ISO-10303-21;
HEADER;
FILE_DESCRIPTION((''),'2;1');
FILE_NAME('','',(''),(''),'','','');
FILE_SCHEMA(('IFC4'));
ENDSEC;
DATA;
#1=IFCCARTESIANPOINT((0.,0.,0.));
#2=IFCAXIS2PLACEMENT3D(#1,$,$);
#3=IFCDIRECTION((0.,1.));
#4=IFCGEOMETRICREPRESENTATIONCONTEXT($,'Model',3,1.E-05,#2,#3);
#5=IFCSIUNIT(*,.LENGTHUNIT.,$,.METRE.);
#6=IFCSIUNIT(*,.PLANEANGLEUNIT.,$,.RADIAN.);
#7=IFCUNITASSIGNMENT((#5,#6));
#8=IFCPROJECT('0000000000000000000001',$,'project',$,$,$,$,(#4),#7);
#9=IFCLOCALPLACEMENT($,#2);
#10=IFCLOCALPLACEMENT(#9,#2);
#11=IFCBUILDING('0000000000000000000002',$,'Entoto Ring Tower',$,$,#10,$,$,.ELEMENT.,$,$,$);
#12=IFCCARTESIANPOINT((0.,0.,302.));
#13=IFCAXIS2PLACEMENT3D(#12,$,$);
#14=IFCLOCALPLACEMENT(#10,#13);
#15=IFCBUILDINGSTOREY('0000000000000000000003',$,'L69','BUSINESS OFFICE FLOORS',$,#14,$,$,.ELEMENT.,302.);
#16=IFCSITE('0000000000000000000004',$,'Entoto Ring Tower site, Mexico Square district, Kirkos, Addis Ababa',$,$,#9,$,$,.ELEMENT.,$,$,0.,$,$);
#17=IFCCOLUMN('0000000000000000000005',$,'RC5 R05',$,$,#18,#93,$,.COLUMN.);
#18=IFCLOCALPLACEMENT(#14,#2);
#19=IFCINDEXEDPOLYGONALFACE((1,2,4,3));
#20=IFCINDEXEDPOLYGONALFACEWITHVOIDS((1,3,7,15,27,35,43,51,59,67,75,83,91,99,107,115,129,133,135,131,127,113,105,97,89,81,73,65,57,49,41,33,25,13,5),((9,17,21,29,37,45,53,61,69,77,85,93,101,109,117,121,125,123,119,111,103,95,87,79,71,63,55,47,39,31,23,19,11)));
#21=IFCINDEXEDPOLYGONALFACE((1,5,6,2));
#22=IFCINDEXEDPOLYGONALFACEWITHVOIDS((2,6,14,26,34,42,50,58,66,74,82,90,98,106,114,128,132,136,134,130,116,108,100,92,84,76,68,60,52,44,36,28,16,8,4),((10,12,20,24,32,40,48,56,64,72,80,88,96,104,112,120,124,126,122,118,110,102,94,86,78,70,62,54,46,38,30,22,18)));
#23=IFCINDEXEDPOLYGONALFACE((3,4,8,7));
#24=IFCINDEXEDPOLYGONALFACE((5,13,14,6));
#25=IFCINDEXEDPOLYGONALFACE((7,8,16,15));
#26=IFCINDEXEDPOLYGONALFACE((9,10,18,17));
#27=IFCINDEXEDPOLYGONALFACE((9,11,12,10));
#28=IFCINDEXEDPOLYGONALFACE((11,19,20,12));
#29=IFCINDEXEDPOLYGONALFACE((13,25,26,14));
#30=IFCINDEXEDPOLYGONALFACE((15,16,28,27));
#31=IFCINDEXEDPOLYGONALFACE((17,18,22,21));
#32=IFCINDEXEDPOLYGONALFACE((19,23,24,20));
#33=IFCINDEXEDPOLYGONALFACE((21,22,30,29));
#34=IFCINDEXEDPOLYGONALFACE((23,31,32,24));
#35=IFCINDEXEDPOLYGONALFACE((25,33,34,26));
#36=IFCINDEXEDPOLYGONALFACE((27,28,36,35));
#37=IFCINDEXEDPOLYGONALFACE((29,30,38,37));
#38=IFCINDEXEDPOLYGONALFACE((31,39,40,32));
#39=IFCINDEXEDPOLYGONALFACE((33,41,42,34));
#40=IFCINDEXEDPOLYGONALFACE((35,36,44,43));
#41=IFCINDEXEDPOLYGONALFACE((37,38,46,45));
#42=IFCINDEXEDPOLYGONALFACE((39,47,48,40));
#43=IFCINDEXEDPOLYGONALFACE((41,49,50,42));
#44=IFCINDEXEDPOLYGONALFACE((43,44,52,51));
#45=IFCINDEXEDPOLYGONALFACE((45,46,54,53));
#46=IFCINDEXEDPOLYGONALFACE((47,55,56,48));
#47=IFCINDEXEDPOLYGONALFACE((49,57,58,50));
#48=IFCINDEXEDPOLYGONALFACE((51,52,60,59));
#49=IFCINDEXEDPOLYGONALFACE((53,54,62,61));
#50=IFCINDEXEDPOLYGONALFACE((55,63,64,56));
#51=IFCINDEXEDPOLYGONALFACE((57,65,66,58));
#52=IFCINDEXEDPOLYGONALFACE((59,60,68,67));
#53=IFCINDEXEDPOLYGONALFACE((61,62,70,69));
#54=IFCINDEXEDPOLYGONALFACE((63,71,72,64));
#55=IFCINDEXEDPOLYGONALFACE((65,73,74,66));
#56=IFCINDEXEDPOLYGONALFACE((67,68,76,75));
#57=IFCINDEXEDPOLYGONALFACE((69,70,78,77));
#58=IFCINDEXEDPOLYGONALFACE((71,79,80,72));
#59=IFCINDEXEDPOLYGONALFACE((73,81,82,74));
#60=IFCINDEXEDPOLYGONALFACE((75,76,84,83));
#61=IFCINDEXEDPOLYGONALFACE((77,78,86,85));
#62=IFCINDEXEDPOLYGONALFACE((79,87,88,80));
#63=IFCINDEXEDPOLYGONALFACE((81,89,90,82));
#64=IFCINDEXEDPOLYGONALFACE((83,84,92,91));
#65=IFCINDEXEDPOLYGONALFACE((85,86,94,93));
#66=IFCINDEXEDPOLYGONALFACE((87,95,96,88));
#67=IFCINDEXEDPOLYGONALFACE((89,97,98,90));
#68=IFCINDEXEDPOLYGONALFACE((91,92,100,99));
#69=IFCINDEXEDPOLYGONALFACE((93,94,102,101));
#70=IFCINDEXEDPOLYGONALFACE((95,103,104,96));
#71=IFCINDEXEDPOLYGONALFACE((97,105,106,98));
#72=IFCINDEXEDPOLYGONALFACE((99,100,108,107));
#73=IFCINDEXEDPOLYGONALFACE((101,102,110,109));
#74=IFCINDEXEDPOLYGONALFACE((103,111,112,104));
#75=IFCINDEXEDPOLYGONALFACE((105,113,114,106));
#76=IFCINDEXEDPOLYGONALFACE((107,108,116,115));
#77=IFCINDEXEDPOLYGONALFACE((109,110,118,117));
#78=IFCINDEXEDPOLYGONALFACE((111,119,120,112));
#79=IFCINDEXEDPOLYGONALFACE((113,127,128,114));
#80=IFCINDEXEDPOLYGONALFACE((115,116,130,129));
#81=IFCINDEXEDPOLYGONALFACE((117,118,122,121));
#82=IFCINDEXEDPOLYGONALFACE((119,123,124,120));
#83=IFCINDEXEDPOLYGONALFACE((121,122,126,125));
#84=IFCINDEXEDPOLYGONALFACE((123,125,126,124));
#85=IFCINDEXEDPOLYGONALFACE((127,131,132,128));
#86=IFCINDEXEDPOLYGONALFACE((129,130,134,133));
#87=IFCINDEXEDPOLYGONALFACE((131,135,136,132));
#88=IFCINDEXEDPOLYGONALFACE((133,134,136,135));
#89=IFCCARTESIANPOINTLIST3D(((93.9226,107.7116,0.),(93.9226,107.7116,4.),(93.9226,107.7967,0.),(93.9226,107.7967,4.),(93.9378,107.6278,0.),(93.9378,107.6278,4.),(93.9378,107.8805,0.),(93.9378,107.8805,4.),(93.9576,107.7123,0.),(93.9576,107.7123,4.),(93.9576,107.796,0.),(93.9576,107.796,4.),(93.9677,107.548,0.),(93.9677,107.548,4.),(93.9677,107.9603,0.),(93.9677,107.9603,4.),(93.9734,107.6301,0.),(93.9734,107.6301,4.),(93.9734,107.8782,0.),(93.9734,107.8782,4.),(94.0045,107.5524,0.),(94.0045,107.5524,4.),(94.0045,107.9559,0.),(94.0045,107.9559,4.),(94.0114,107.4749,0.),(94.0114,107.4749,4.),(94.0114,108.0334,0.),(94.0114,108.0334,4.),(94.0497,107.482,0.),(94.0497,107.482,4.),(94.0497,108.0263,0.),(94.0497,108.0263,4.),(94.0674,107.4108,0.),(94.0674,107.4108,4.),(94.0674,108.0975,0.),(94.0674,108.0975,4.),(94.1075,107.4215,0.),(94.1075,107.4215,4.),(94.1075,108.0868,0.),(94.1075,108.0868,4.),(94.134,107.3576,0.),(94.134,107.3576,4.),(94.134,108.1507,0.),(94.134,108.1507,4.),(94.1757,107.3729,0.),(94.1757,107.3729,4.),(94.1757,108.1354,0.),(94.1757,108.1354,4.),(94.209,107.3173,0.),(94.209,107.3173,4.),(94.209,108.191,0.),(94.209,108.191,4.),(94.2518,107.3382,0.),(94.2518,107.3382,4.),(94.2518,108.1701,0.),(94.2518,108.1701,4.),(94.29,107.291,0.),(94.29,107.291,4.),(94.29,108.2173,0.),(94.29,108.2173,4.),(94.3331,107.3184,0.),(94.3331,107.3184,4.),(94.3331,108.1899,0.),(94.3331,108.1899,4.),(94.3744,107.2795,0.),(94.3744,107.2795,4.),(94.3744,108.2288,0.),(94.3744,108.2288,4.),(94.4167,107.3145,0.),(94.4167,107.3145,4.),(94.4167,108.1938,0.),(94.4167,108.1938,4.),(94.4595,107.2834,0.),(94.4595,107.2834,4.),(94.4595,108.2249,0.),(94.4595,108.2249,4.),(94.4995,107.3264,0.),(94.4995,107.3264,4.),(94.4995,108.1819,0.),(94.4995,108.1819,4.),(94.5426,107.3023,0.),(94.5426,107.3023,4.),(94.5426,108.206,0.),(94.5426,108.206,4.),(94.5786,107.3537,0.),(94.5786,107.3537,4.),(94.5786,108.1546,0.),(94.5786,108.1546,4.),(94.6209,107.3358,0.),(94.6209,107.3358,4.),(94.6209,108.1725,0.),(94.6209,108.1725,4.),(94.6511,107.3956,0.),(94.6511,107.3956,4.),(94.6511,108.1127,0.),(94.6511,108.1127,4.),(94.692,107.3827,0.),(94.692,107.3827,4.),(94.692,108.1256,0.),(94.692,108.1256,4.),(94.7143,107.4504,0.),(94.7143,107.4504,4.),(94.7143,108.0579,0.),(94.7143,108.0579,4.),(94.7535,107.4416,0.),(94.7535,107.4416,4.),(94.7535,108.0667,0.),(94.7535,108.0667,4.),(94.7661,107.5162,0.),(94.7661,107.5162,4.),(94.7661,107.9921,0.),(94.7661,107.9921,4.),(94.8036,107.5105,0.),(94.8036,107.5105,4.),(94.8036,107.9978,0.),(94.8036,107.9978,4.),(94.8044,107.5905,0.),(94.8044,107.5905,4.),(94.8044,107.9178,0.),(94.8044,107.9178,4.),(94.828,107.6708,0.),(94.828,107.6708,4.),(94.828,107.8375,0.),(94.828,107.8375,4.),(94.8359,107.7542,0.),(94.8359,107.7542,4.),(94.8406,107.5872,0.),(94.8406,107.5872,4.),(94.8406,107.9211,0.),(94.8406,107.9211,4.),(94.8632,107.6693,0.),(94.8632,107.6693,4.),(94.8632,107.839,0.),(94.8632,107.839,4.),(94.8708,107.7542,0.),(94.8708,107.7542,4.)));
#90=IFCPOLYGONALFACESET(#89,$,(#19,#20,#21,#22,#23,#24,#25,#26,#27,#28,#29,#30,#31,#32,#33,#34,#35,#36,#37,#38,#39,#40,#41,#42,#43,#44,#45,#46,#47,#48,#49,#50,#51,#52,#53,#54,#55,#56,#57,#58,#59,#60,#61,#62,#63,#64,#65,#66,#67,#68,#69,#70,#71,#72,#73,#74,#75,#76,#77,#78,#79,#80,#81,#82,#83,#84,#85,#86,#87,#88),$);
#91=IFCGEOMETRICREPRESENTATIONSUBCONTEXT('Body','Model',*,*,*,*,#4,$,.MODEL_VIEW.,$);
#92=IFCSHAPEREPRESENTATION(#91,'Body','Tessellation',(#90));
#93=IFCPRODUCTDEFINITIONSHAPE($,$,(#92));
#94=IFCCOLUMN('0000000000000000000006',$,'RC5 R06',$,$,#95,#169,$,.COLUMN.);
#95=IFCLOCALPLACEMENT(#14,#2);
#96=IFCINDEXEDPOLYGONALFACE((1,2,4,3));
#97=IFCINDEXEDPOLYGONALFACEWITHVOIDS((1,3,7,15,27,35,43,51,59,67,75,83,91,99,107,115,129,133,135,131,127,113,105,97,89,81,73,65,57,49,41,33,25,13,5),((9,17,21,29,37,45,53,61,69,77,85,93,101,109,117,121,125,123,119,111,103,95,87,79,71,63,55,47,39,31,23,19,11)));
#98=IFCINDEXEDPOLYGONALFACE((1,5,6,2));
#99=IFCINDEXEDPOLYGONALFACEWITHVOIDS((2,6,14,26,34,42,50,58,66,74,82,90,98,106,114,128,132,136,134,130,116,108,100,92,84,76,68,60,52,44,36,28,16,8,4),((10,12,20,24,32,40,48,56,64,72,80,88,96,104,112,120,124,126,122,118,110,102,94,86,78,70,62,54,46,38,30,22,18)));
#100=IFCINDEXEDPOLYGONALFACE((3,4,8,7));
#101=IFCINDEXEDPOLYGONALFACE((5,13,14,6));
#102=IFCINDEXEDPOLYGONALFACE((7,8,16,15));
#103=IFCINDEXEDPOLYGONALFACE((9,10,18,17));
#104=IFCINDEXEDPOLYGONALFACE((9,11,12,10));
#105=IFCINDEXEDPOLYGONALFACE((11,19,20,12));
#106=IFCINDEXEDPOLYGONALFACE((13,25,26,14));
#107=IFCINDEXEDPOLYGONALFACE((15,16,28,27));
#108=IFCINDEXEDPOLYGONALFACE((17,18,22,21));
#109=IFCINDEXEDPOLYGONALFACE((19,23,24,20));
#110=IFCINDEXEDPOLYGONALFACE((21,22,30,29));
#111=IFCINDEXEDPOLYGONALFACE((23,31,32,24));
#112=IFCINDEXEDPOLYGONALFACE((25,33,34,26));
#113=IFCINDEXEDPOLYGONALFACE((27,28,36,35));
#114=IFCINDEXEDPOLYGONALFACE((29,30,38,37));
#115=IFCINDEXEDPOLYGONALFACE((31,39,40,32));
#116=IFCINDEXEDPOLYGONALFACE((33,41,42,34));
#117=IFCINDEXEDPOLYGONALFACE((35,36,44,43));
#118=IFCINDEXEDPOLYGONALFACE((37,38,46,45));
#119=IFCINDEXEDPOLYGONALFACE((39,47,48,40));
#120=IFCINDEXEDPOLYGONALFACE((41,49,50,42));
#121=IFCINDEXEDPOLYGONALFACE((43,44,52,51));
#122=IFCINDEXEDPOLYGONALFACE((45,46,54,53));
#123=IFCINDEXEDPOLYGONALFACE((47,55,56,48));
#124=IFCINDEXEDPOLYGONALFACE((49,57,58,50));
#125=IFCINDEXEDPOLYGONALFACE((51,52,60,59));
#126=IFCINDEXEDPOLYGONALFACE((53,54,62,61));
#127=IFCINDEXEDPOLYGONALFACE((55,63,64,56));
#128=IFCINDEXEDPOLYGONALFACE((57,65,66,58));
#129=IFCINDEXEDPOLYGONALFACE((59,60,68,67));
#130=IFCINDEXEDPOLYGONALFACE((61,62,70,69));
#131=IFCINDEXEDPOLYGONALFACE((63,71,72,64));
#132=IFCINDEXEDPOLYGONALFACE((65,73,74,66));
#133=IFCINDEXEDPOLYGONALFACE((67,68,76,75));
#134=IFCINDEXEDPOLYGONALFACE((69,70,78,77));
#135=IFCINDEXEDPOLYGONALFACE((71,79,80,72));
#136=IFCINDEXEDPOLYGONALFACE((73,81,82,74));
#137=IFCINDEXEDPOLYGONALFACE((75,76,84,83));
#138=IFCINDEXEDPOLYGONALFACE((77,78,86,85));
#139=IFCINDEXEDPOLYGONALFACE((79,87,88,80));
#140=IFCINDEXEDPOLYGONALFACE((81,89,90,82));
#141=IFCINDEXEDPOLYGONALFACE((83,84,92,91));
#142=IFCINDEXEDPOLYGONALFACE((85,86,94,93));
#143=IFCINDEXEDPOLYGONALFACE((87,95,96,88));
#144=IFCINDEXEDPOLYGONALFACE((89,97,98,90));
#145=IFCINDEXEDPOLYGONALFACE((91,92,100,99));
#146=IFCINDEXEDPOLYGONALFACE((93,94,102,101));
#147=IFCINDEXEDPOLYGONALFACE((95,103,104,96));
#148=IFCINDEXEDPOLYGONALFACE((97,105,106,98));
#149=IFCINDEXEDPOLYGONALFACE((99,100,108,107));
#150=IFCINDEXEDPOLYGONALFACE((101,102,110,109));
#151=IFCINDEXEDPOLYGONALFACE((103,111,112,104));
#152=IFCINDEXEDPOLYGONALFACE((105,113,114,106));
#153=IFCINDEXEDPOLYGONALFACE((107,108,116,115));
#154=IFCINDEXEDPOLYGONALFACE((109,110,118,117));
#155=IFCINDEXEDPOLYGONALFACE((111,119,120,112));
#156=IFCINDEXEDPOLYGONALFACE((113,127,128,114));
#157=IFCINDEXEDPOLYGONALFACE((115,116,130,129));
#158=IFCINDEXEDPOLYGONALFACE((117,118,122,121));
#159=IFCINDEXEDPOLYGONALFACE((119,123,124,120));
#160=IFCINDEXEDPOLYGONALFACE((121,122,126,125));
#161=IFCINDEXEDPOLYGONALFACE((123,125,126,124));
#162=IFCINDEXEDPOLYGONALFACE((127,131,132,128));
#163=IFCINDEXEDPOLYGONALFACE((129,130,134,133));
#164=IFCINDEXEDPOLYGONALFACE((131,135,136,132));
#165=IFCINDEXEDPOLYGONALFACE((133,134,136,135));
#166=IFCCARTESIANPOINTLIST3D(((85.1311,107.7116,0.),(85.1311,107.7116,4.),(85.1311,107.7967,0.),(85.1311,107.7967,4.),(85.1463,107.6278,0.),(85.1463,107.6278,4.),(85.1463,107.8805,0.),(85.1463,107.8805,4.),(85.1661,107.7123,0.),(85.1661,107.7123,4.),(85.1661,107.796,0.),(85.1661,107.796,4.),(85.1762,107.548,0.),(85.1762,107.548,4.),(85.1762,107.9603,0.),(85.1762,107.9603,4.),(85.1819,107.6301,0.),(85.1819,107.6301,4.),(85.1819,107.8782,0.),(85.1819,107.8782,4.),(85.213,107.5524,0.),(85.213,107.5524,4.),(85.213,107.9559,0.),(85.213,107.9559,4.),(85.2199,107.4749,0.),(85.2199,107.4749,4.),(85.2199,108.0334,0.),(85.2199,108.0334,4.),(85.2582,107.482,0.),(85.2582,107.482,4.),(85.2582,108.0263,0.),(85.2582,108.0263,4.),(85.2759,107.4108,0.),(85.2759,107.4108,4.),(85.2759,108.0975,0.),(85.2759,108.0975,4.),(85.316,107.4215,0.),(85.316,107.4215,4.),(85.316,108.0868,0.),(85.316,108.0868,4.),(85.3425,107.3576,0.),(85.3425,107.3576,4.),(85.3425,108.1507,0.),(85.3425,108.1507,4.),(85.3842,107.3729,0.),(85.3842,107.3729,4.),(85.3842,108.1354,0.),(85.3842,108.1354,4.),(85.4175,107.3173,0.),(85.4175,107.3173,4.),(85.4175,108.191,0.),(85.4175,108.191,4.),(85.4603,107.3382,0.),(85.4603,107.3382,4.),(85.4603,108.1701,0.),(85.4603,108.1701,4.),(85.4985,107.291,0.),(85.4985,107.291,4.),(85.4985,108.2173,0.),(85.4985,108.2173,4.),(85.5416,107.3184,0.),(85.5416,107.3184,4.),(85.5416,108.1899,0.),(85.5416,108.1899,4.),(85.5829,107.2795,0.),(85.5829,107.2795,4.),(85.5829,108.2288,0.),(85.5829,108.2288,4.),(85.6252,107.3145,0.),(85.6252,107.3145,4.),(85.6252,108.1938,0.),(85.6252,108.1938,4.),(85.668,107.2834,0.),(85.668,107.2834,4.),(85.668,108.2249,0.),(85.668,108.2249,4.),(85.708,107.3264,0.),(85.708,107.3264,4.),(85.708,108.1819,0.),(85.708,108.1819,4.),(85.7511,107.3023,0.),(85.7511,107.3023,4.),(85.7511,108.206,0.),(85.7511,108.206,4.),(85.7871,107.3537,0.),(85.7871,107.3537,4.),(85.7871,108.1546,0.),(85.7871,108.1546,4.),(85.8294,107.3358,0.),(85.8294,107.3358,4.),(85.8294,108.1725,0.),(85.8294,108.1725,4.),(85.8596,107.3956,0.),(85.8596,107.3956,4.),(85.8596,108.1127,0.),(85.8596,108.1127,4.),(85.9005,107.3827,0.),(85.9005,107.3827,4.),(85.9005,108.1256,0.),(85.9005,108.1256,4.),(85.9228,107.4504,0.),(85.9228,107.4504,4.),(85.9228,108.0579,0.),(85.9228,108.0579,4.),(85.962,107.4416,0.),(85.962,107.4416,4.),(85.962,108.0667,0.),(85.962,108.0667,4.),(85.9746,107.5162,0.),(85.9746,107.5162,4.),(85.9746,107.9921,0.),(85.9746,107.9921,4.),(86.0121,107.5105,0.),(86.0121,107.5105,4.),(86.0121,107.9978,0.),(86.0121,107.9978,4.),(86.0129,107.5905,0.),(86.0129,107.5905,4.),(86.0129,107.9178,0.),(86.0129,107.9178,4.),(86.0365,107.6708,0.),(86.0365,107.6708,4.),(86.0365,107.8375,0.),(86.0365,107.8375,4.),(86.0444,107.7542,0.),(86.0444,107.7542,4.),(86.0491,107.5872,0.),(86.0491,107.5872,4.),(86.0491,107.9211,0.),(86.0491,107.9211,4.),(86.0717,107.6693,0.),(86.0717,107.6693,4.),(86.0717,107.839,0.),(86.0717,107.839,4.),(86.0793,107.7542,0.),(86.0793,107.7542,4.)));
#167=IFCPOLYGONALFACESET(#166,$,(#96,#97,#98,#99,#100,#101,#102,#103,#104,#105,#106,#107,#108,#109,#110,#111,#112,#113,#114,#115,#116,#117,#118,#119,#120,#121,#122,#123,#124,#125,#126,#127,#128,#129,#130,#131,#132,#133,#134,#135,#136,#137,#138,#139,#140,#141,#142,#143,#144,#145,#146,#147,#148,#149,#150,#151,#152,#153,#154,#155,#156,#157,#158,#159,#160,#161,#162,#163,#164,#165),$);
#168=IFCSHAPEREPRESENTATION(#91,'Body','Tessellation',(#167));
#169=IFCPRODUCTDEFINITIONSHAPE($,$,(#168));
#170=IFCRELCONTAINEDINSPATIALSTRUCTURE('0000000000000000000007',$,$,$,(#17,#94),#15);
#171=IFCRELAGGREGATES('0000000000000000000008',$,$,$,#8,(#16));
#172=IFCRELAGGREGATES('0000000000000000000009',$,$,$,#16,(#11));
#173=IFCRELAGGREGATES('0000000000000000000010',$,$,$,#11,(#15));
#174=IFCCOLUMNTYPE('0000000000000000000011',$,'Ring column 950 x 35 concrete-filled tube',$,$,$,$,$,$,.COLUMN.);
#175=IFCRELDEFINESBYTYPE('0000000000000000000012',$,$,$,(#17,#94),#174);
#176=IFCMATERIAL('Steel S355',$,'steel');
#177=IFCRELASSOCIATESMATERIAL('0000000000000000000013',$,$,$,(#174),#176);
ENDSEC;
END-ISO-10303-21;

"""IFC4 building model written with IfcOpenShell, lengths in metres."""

from ifc_helpers import new_model, si_unit, direction, frame, origin, origin_2d, place, context, subcontext, project, spatial, circle, hollow_circle, extrude, material, material_profile, profile_set, type_object, element, save


model = new_model("IFC4")

# Units and contexts
model_context = context("Model", 3, precision=1e-05, world=origin(), true_north=direction((0.0, 1.0)))
body_context = subcontext(model_context, "Body", "Model", "MODEL_VIEW")
ifc_project = project(units=[si_unit("LENGTHUNIT", "METRE"), si_unit("PLANEANGLEUNIT", "RADIAN")], contexts=[model_context])

# Site, building, storey
site_placement = place(None, origin())
site = spatial("IfcSite", under=ifc_project, at=site_placement, Name="Entoto Ring Tower site, Mexico Square district, Kirkos, Addis Ababa", CompositionType="ELEMENT", RefElevation=0.0)
building_placement = place(site_placement, origin())
building = spatial("IfcBuilding", under=site, at=building_placement, Name="Entoto Ring Tower", CompositionType="ELEMENT")
storey_placement = place(building_placement, frame((0.0, 0.0, 302.0)))
storey = spatial("IfcBuildingStorey", under=building, at=storey_placement, Name="L69", Description="BUSINESS OFFICE FLOORS", CompositionType="ELEMENT", Elevation=302.0)

# Columns
ifc_material_1 = material(Name="Steel S355", Category="steel")
ifc_material_profile_1 = material_profile(ifc_material_1, hollow_circle(Radius=0.4751, WallThickness=0.0349, at=origin_2d()), Name="CHS 950 x 35")
ifc_material_2 = material(Name="Concrete C60/75", Category="concrete")
ifc_material_profile_2 = material_profile(ifc_material_2, circle(Radius=0.4399, at=origin_2d()), Name="Concrete C60/75 infill")
ifc_profile_set_1 = profile_set([ifc_material_profile_1, ifc_material_profile_2], Name="Steel S355")
column_type = type_object("IfcColumnType", Name="Ring column 950 x 35 concrete-filled tube", PredefinedType="COLUMN", material=ifc_profile_set_1)
for number, where, z_axis, x_axis, name in (
    (1, (94.3958, 107.7542, 0.0), (0.0, 0.0, 1.0), (1.0, 0.0, 0.0), "RC5 R05"),
    (2, (85.6042, 107.7542, 0.0), (0.0, 0.0, 1.0), (1.0, 0.0, 0.0), "RC5 R06"),
):
    element("IfcColumn", number, at=place(storey_placement, frame(where, z_axis=z_axis, x_axis=x_axis)), inside=storey, type_object=column_type, Name=name, PredefinedType="COLUMN", context=body_context, shape_type="SweptSolid", body=[
        extrude(hollow_circle(Radius=0.4751, WallThickness=0.0349, at=origin_2d()), origin(), (0.0, 0.0, 1.0), 4.0),
    ])

save(model, "model.ifc")
